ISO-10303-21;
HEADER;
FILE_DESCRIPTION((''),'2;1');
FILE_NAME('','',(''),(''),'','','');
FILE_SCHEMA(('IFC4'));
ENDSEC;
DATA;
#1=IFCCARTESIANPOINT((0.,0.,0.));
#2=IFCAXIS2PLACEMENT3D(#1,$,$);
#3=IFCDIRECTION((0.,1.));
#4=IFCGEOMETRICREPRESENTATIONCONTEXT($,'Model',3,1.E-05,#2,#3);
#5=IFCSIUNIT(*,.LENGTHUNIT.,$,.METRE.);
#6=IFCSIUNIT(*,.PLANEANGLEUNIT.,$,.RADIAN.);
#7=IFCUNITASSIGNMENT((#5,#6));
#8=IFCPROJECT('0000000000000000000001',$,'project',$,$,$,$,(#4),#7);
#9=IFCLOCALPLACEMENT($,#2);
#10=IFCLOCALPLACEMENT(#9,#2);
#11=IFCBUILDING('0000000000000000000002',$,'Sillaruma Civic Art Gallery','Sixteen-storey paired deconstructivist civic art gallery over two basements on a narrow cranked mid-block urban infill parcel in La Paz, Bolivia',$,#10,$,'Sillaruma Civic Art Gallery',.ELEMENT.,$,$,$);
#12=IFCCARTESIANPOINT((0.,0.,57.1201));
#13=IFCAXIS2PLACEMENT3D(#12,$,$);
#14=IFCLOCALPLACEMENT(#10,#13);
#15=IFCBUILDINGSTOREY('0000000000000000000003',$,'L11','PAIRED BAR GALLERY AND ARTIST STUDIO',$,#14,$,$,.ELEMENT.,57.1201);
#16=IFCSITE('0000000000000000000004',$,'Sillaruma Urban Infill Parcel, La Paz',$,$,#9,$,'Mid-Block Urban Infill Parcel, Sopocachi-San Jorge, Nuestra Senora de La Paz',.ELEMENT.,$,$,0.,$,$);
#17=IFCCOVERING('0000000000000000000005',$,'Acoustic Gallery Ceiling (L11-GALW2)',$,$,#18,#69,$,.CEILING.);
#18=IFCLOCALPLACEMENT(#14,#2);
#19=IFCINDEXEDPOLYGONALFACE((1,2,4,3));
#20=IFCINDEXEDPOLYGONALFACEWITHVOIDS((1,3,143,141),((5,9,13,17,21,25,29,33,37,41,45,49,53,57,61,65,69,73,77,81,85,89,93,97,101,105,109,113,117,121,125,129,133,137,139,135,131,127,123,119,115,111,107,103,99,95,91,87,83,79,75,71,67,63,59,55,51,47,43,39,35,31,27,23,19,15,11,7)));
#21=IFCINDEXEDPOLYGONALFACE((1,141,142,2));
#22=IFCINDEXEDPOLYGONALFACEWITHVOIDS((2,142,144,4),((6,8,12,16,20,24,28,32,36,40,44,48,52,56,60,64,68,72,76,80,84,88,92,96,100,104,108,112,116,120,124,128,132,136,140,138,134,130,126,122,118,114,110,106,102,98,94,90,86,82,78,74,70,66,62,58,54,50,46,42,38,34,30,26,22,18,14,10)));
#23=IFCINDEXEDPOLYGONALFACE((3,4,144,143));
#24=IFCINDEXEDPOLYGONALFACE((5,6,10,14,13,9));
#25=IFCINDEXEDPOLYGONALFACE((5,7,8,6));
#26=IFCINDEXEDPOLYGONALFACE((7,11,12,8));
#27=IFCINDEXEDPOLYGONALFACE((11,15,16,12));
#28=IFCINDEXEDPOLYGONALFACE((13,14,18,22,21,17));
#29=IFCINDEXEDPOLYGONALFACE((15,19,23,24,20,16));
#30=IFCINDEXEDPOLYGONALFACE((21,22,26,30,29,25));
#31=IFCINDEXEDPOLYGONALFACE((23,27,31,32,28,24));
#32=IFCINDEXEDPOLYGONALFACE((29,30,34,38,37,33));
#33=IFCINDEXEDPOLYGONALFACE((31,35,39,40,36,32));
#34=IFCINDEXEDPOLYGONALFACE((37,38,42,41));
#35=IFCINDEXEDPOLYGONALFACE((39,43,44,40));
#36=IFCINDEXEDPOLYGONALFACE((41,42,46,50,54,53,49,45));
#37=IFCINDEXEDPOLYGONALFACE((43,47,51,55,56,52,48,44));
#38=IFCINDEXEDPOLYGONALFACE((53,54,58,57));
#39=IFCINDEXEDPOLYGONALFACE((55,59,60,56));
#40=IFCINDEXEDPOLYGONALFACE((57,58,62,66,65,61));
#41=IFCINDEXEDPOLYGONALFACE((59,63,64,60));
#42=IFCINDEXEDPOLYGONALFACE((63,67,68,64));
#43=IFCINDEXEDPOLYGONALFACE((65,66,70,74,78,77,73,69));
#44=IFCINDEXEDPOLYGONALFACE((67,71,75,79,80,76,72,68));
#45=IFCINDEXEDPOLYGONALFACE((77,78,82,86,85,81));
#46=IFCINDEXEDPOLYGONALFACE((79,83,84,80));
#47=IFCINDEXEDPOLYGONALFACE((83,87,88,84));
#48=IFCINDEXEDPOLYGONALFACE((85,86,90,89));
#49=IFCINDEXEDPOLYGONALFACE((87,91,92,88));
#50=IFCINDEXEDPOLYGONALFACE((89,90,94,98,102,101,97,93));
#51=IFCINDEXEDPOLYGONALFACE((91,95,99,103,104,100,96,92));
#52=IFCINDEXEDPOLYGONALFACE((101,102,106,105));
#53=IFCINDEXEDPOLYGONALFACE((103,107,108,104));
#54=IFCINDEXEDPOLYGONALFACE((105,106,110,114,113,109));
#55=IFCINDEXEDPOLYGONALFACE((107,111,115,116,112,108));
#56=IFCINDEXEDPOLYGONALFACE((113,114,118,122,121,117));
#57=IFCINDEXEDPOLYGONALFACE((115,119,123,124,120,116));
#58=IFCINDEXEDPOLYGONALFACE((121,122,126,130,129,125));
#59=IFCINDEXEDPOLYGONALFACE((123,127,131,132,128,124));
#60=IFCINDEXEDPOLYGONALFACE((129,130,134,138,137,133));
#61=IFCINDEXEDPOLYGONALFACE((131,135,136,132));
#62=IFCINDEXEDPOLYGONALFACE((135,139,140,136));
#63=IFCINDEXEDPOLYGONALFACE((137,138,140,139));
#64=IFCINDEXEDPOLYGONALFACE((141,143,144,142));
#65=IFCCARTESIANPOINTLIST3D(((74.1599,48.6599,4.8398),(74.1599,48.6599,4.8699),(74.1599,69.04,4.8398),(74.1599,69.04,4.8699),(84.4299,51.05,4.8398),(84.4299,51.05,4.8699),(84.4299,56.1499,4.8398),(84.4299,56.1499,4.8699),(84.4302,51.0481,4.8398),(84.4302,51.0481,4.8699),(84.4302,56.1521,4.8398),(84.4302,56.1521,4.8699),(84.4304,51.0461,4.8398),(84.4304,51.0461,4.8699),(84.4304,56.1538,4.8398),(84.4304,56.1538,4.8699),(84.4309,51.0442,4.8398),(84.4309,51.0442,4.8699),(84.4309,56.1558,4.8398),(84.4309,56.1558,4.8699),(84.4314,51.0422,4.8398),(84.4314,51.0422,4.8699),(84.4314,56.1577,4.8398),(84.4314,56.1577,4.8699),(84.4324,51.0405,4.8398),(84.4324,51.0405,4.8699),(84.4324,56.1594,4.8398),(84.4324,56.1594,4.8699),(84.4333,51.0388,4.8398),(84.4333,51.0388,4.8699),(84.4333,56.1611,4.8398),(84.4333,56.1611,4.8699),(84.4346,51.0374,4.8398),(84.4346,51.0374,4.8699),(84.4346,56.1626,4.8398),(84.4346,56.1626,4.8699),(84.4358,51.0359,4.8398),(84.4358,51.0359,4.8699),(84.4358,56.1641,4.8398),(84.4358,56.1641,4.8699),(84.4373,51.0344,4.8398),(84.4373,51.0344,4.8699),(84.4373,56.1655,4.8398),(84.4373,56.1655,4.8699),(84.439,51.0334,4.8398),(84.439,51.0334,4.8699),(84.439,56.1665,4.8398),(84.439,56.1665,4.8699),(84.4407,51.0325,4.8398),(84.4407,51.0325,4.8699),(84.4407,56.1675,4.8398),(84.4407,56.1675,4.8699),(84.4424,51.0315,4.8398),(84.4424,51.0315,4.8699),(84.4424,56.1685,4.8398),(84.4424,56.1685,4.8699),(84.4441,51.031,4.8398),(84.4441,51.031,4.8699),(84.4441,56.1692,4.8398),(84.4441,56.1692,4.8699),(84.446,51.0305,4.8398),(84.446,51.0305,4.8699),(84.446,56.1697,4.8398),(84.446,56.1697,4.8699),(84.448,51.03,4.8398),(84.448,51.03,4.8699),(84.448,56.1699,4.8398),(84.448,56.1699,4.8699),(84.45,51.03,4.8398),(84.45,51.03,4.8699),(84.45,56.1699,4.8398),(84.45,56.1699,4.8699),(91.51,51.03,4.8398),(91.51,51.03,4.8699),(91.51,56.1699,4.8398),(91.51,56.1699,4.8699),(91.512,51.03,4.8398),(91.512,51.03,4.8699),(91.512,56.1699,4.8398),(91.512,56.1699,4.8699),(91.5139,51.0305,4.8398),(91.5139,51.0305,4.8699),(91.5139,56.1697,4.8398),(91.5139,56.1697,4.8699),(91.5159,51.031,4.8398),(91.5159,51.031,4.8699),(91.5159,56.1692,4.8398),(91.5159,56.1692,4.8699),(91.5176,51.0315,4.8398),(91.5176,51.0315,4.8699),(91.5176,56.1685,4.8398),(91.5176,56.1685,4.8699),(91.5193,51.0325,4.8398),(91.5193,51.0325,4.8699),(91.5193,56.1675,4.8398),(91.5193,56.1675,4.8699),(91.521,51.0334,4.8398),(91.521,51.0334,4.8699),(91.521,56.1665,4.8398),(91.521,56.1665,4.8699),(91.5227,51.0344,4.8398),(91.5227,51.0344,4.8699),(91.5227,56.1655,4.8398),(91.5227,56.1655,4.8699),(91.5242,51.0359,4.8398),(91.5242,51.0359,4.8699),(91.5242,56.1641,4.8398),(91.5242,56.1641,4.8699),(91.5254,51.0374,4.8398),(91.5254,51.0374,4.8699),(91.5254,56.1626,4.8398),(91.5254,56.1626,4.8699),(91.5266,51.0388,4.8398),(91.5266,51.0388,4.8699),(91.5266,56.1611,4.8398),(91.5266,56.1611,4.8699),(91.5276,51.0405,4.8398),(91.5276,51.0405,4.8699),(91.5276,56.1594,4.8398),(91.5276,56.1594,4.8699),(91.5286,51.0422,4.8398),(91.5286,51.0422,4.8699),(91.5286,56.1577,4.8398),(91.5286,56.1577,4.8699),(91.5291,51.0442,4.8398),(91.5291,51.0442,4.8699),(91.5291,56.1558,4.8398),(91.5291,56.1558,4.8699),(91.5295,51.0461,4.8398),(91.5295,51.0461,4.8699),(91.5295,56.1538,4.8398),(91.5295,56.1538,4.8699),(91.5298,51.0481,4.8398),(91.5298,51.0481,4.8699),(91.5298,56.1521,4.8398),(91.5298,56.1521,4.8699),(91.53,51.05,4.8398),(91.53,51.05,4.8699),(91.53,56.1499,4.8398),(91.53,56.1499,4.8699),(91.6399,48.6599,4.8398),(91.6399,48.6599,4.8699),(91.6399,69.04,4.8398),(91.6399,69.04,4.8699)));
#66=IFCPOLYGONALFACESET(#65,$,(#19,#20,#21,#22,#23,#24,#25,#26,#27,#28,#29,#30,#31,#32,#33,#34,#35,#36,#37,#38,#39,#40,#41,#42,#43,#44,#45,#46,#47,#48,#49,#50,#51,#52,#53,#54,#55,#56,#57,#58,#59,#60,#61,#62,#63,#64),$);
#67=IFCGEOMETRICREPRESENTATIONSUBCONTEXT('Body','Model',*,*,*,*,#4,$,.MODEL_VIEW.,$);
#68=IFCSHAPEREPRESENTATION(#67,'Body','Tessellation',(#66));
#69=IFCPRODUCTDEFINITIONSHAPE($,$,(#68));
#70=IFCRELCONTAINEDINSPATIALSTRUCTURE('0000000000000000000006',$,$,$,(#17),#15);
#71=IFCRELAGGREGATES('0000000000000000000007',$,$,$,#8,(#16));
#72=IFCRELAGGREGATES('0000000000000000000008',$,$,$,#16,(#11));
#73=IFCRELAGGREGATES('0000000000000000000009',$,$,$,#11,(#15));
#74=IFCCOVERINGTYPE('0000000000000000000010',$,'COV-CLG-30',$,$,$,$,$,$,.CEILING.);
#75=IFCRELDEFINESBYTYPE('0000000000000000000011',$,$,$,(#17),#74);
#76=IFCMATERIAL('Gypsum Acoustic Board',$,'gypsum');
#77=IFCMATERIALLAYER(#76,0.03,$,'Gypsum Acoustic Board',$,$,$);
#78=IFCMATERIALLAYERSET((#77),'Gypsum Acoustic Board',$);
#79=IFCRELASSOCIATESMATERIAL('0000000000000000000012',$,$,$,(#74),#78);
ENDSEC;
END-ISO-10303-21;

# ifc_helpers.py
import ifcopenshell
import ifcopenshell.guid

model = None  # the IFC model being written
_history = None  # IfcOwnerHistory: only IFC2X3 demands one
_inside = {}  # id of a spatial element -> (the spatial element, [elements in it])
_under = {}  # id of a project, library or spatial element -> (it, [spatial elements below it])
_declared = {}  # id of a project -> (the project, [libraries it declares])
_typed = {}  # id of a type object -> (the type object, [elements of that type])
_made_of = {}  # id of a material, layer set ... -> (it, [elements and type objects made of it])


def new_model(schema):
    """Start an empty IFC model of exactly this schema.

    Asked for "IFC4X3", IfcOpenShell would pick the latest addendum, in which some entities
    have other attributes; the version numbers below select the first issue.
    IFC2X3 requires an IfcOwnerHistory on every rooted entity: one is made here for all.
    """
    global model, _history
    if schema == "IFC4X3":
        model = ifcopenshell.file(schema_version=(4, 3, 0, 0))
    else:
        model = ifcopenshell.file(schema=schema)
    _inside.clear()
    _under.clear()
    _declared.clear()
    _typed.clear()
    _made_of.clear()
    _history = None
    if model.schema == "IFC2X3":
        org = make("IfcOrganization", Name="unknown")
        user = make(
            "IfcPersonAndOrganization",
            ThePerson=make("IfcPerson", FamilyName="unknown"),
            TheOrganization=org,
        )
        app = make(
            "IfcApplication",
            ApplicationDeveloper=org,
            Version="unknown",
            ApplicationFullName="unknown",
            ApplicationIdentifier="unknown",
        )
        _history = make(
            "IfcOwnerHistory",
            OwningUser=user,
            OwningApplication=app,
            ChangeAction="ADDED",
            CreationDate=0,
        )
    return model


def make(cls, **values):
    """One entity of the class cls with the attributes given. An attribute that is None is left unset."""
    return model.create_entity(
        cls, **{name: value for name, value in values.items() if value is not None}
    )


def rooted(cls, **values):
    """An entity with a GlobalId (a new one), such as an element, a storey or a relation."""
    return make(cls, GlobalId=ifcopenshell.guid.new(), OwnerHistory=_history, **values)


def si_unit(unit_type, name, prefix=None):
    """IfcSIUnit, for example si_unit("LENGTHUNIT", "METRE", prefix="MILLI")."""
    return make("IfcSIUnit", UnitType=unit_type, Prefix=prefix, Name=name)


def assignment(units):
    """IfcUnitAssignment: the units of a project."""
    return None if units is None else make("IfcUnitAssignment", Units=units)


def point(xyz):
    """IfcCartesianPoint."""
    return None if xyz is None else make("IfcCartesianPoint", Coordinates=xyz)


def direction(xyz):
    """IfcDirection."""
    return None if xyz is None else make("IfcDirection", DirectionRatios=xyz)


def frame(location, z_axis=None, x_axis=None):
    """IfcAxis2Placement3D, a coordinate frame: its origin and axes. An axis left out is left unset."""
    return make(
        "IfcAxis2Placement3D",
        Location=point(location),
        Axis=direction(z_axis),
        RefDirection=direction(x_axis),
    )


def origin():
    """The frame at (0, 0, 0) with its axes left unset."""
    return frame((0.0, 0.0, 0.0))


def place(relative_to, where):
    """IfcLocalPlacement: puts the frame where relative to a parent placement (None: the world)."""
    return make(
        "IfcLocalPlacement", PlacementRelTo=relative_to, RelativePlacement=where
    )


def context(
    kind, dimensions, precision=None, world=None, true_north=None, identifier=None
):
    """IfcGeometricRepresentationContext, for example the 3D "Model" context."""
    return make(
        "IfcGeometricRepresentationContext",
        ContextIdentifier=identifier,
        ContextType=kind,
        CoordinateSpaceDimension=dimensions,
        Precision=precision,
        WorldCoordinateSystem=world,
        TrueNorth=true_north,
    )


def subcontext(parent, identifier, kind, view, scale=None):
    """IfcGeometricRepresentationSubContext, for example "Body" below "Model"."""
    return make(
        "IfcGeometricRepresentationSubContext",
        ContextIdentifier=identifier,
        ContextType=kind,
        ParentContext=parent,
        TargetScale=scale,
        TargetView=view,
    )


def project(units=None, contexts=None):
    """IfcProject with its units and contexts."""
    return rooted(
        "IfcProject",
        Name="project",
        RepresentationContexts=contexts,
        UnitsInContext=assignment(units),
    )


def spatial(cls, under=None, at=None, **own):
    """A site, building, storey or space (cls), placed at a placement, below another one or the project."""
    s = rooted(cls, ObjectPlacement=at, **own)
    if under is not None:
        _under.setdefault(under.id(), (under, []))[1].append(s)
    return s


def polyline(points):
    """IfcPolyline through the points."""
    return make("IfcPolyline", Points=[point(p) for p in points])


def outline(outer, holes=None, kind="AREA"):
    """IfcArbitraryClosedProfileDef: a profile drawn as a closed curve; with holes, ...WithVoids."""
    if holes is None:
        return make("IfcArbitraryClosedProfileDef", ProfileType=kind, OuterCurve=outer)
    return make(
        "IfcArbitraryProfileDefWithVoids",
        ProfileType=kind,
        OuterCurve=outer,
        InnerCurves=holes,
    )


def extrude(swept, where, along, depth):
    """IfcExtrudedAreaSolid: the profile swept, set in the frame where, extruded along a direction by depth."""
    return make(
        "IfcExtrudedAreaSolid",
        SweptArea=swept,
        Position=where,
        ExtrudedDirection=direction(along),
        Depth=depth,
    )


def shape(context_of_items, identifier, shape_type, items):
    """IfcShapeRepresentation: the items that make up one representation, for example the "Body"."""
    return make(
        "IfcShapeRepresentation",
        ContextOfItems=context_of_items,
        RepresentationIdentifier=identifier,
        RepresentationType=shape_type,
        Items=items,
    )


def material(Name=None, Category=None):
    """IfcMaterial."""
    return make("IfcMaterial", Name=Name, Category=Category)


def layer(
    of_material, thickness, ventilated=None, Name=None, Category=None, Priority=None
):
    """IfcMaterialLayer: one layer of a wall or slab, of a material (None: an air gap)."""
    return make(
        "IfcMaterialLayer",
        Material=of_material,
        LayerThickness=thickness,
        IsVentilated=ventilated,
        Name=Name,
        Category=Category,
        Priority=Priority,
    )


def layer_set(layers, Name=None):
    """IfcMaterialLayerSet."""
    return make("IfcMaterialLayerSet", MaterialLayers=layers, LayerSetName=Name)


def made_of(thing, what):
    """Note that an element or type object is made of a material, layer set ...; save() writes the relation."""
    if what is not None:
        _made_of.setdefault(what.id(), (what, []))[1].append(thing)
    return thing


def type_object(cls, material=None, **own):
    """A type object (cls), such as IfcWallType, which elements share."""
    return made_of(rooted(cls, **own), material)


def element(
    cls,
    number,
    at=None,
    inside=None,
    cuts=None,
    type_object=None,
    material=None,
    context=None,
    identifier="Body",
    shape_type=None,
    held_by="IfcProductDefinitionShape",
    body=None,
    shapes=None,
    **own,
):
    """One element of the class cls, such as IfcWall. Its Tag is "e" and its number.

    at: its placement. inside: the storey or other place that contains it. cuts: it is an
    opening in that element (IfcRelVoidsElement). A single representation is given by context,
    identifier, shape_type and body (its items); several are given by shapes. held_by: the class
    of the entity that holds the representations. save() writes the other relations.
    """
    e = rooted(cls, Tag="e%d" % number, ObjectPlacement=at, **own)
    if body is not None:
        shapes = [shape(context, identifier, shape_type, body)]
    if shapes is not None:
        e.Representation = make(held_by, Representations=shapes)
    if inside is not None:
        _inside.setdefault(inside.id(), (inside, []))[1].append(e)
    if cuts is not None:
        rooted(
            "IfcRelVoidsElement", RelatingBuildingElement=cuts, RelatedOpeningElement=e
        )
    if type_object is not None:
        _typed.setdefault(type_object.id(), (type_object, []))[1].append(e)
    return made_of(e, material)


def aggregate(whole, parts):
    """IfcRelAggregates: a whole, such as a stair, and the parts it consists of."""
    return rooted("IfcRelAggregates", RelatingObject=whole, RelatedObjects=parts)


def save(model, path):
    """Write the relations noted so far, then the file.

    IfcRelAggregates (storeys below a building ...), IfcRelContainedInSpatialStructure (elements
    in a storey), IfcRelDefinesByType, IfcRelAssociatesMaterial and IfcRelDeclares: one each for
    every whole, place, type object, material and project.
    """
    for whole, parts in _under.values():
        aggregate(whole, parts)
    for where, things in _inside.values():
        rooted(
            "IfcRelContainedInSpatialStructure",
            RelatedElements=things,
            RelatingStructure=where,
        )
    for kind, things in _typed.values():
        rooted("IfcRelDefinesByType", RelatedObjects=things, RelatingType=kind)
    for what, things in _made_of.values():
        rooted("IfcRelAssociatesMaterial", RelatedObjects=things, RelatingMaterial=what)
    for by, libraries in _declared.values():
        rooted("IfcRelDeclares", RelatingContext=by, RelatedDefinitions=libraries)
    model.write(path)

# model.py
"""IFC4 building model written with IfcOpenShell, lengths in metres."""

from ifc_helpers import new_model, si_unit, direction, frame, origin, place, context, subcontext, project, spatial, polyline, outline, extrude, material, layer, layer_set, type_object, element, save


model = new_model("IFC4")

# Units and contexts
model_context = context("Model", 3, precision=1e-05, world=origin(), true_north=direction((0.0, 1.0)))
body_context = subcontext(model_context, "Body", "Model", "MODEL_VIEW")
ifc_project = project(units=[si_unit("LENGTHUNIT", "METRE"), si_unit("PLANEANGLEUNIT", "RADIAN")], contexts=[model_context])

# Site, building, storey
site_placement = place(None, origin())
site = spatial("IfcSite", under=ifc_project, at=site_placement, Name="Sillaruma Urban Infill Parcel, La Paz", LongName="Mid-Block Urban Infill Parcel, Sopocachi-San Jorge, Nuestra Senora de La Paz", CompositionType="ELEMENT", RefElevation=0.0)
building_placement = place(site_placement, origin())
building = spatial("IfcBuilding", under=site, at=building_placement, Name="Sillaruma Civic Art Gallery", Description="Sixteen-storey paired deconstructivist civic art gallery over two basements on a narrow cranked mid-block urban infill parcel in La Paz, Bolivia", LongName="Sillaruma Civic Art Gallery", CompositionType="ELEMENT")
storey_placement = place(building_placement, frame((0.0, 0.0, 57.1201)))
storey = spatial("IfcBuildingStorey", under=building, at=storey_placement, Name="L11", Description="PAIRED BAR GALLERY AND ARTIST STUDIO", CompositionType="ELEMENT", Elevation=57.1201)

# Covering
ifc_material_1 = material(Name="Gypsum Acoustic Board", Category="gypsum")
ifc_layer_1 = layer(ifc_material_1, 0.03, Name="Gypsum Acoustic Board")
ifc_layer_set_1 = layer_set([ifc_layer_1], Name="Gypsum Acoustic Board")
covering_type = type_object("IfcCoveringType", Name="COV-CLG-30", PredefinedType="CEILING", material=ifc_layer_set_1)
covering_placement = place(storey_placement, frame((0.0, 0.0, 4.8398)))
element("IfcCovering", 1, at=covering_placement, inside=storey, type_object=covering_type, Name="Acoustic Gallery Ceiling (L11-GALW2)", PredefinedType="CEILING", context=body_context, shape_type="SweptSolid", body=[
    extrude(outline(polyline([(74.1599, 69.04), (91.6399, 69.04), (91.6399, 48.6599), (74.1599, 48.6599), (74.1599, 69.04)]), holes=[polyline([(91.512, 51.03), (91.5139, 51.0305), (91.5159, 51.031), (91.5176, 51.0315), (91.5193, 51.0325), (91.521, 51.0334), (91.5227, 51.0344), (91.5242, 51.0359), (91.5254, 51.0374), (91.5266, 51.0388), (91.5276, 51.0405), (91.5286, 51.0422), (91.5291, 51.0442), (91.5295, 51.0461), (91.5298, 51.0481), (91.53, 51.05), (91.53, 56.1499), (91.5298, 56.1521), (91.5295, 56.1538), (91.5291, 56.1558), (91.5286, 56.1577), (91.5276, 56.1594), (91.5266, 56.1611), (91.5254, 56.1626), (91.5242, 56.1641), (91.5227, 56.1655), (91.521, 56.1665), (91.5193, 56.1675), (91.5176, 56.1685), (91.5159, 56.1692), (91.5139, 56.1697), (91.512, 56.1699), (91.51, 56.1699), (84.45, 56.1699), (84.448, 56.1699), (84.446, 56.1697), (84.4441, 56.1692), (84.4424, 56.1685), (84.4407, 56.1675), (84.439, 56.1665), (84.4373, 56.1655), (84.4358, 56.1641), (84.4346, 56.1626), (84.4333, 56.1611), (84.4324, 56.1594), (84.4314, 56.1577), (84.4309, 56.1558), (84.4304, 56.1538), (84.4302, 56.1521), (84.4299, 56.1499), (84.4299, 51.05), (84.4302, 51.0481), (84.4304, 51.0461), (84.4309, 51.0442), (84.4314, 51.0422), (84.4324, 51.0405), (84.4333, 51.0388), (84.4346, 51.0374), (84.4358, 51.0359), (84.4373, 51.0344), (84.439, 51.0334), (84.4407, 51.0325), (84.4424, 51.0315), (84.4441, 51.031), (84.446, 51.0305), (84.448, 51.03), (84.45, 51.03), (91.51, 51.03), (91.512, 51.03)])]), origin(), (0.0, 0.0, 1.0), 0.03),
])

save(model, "model.ifc")
